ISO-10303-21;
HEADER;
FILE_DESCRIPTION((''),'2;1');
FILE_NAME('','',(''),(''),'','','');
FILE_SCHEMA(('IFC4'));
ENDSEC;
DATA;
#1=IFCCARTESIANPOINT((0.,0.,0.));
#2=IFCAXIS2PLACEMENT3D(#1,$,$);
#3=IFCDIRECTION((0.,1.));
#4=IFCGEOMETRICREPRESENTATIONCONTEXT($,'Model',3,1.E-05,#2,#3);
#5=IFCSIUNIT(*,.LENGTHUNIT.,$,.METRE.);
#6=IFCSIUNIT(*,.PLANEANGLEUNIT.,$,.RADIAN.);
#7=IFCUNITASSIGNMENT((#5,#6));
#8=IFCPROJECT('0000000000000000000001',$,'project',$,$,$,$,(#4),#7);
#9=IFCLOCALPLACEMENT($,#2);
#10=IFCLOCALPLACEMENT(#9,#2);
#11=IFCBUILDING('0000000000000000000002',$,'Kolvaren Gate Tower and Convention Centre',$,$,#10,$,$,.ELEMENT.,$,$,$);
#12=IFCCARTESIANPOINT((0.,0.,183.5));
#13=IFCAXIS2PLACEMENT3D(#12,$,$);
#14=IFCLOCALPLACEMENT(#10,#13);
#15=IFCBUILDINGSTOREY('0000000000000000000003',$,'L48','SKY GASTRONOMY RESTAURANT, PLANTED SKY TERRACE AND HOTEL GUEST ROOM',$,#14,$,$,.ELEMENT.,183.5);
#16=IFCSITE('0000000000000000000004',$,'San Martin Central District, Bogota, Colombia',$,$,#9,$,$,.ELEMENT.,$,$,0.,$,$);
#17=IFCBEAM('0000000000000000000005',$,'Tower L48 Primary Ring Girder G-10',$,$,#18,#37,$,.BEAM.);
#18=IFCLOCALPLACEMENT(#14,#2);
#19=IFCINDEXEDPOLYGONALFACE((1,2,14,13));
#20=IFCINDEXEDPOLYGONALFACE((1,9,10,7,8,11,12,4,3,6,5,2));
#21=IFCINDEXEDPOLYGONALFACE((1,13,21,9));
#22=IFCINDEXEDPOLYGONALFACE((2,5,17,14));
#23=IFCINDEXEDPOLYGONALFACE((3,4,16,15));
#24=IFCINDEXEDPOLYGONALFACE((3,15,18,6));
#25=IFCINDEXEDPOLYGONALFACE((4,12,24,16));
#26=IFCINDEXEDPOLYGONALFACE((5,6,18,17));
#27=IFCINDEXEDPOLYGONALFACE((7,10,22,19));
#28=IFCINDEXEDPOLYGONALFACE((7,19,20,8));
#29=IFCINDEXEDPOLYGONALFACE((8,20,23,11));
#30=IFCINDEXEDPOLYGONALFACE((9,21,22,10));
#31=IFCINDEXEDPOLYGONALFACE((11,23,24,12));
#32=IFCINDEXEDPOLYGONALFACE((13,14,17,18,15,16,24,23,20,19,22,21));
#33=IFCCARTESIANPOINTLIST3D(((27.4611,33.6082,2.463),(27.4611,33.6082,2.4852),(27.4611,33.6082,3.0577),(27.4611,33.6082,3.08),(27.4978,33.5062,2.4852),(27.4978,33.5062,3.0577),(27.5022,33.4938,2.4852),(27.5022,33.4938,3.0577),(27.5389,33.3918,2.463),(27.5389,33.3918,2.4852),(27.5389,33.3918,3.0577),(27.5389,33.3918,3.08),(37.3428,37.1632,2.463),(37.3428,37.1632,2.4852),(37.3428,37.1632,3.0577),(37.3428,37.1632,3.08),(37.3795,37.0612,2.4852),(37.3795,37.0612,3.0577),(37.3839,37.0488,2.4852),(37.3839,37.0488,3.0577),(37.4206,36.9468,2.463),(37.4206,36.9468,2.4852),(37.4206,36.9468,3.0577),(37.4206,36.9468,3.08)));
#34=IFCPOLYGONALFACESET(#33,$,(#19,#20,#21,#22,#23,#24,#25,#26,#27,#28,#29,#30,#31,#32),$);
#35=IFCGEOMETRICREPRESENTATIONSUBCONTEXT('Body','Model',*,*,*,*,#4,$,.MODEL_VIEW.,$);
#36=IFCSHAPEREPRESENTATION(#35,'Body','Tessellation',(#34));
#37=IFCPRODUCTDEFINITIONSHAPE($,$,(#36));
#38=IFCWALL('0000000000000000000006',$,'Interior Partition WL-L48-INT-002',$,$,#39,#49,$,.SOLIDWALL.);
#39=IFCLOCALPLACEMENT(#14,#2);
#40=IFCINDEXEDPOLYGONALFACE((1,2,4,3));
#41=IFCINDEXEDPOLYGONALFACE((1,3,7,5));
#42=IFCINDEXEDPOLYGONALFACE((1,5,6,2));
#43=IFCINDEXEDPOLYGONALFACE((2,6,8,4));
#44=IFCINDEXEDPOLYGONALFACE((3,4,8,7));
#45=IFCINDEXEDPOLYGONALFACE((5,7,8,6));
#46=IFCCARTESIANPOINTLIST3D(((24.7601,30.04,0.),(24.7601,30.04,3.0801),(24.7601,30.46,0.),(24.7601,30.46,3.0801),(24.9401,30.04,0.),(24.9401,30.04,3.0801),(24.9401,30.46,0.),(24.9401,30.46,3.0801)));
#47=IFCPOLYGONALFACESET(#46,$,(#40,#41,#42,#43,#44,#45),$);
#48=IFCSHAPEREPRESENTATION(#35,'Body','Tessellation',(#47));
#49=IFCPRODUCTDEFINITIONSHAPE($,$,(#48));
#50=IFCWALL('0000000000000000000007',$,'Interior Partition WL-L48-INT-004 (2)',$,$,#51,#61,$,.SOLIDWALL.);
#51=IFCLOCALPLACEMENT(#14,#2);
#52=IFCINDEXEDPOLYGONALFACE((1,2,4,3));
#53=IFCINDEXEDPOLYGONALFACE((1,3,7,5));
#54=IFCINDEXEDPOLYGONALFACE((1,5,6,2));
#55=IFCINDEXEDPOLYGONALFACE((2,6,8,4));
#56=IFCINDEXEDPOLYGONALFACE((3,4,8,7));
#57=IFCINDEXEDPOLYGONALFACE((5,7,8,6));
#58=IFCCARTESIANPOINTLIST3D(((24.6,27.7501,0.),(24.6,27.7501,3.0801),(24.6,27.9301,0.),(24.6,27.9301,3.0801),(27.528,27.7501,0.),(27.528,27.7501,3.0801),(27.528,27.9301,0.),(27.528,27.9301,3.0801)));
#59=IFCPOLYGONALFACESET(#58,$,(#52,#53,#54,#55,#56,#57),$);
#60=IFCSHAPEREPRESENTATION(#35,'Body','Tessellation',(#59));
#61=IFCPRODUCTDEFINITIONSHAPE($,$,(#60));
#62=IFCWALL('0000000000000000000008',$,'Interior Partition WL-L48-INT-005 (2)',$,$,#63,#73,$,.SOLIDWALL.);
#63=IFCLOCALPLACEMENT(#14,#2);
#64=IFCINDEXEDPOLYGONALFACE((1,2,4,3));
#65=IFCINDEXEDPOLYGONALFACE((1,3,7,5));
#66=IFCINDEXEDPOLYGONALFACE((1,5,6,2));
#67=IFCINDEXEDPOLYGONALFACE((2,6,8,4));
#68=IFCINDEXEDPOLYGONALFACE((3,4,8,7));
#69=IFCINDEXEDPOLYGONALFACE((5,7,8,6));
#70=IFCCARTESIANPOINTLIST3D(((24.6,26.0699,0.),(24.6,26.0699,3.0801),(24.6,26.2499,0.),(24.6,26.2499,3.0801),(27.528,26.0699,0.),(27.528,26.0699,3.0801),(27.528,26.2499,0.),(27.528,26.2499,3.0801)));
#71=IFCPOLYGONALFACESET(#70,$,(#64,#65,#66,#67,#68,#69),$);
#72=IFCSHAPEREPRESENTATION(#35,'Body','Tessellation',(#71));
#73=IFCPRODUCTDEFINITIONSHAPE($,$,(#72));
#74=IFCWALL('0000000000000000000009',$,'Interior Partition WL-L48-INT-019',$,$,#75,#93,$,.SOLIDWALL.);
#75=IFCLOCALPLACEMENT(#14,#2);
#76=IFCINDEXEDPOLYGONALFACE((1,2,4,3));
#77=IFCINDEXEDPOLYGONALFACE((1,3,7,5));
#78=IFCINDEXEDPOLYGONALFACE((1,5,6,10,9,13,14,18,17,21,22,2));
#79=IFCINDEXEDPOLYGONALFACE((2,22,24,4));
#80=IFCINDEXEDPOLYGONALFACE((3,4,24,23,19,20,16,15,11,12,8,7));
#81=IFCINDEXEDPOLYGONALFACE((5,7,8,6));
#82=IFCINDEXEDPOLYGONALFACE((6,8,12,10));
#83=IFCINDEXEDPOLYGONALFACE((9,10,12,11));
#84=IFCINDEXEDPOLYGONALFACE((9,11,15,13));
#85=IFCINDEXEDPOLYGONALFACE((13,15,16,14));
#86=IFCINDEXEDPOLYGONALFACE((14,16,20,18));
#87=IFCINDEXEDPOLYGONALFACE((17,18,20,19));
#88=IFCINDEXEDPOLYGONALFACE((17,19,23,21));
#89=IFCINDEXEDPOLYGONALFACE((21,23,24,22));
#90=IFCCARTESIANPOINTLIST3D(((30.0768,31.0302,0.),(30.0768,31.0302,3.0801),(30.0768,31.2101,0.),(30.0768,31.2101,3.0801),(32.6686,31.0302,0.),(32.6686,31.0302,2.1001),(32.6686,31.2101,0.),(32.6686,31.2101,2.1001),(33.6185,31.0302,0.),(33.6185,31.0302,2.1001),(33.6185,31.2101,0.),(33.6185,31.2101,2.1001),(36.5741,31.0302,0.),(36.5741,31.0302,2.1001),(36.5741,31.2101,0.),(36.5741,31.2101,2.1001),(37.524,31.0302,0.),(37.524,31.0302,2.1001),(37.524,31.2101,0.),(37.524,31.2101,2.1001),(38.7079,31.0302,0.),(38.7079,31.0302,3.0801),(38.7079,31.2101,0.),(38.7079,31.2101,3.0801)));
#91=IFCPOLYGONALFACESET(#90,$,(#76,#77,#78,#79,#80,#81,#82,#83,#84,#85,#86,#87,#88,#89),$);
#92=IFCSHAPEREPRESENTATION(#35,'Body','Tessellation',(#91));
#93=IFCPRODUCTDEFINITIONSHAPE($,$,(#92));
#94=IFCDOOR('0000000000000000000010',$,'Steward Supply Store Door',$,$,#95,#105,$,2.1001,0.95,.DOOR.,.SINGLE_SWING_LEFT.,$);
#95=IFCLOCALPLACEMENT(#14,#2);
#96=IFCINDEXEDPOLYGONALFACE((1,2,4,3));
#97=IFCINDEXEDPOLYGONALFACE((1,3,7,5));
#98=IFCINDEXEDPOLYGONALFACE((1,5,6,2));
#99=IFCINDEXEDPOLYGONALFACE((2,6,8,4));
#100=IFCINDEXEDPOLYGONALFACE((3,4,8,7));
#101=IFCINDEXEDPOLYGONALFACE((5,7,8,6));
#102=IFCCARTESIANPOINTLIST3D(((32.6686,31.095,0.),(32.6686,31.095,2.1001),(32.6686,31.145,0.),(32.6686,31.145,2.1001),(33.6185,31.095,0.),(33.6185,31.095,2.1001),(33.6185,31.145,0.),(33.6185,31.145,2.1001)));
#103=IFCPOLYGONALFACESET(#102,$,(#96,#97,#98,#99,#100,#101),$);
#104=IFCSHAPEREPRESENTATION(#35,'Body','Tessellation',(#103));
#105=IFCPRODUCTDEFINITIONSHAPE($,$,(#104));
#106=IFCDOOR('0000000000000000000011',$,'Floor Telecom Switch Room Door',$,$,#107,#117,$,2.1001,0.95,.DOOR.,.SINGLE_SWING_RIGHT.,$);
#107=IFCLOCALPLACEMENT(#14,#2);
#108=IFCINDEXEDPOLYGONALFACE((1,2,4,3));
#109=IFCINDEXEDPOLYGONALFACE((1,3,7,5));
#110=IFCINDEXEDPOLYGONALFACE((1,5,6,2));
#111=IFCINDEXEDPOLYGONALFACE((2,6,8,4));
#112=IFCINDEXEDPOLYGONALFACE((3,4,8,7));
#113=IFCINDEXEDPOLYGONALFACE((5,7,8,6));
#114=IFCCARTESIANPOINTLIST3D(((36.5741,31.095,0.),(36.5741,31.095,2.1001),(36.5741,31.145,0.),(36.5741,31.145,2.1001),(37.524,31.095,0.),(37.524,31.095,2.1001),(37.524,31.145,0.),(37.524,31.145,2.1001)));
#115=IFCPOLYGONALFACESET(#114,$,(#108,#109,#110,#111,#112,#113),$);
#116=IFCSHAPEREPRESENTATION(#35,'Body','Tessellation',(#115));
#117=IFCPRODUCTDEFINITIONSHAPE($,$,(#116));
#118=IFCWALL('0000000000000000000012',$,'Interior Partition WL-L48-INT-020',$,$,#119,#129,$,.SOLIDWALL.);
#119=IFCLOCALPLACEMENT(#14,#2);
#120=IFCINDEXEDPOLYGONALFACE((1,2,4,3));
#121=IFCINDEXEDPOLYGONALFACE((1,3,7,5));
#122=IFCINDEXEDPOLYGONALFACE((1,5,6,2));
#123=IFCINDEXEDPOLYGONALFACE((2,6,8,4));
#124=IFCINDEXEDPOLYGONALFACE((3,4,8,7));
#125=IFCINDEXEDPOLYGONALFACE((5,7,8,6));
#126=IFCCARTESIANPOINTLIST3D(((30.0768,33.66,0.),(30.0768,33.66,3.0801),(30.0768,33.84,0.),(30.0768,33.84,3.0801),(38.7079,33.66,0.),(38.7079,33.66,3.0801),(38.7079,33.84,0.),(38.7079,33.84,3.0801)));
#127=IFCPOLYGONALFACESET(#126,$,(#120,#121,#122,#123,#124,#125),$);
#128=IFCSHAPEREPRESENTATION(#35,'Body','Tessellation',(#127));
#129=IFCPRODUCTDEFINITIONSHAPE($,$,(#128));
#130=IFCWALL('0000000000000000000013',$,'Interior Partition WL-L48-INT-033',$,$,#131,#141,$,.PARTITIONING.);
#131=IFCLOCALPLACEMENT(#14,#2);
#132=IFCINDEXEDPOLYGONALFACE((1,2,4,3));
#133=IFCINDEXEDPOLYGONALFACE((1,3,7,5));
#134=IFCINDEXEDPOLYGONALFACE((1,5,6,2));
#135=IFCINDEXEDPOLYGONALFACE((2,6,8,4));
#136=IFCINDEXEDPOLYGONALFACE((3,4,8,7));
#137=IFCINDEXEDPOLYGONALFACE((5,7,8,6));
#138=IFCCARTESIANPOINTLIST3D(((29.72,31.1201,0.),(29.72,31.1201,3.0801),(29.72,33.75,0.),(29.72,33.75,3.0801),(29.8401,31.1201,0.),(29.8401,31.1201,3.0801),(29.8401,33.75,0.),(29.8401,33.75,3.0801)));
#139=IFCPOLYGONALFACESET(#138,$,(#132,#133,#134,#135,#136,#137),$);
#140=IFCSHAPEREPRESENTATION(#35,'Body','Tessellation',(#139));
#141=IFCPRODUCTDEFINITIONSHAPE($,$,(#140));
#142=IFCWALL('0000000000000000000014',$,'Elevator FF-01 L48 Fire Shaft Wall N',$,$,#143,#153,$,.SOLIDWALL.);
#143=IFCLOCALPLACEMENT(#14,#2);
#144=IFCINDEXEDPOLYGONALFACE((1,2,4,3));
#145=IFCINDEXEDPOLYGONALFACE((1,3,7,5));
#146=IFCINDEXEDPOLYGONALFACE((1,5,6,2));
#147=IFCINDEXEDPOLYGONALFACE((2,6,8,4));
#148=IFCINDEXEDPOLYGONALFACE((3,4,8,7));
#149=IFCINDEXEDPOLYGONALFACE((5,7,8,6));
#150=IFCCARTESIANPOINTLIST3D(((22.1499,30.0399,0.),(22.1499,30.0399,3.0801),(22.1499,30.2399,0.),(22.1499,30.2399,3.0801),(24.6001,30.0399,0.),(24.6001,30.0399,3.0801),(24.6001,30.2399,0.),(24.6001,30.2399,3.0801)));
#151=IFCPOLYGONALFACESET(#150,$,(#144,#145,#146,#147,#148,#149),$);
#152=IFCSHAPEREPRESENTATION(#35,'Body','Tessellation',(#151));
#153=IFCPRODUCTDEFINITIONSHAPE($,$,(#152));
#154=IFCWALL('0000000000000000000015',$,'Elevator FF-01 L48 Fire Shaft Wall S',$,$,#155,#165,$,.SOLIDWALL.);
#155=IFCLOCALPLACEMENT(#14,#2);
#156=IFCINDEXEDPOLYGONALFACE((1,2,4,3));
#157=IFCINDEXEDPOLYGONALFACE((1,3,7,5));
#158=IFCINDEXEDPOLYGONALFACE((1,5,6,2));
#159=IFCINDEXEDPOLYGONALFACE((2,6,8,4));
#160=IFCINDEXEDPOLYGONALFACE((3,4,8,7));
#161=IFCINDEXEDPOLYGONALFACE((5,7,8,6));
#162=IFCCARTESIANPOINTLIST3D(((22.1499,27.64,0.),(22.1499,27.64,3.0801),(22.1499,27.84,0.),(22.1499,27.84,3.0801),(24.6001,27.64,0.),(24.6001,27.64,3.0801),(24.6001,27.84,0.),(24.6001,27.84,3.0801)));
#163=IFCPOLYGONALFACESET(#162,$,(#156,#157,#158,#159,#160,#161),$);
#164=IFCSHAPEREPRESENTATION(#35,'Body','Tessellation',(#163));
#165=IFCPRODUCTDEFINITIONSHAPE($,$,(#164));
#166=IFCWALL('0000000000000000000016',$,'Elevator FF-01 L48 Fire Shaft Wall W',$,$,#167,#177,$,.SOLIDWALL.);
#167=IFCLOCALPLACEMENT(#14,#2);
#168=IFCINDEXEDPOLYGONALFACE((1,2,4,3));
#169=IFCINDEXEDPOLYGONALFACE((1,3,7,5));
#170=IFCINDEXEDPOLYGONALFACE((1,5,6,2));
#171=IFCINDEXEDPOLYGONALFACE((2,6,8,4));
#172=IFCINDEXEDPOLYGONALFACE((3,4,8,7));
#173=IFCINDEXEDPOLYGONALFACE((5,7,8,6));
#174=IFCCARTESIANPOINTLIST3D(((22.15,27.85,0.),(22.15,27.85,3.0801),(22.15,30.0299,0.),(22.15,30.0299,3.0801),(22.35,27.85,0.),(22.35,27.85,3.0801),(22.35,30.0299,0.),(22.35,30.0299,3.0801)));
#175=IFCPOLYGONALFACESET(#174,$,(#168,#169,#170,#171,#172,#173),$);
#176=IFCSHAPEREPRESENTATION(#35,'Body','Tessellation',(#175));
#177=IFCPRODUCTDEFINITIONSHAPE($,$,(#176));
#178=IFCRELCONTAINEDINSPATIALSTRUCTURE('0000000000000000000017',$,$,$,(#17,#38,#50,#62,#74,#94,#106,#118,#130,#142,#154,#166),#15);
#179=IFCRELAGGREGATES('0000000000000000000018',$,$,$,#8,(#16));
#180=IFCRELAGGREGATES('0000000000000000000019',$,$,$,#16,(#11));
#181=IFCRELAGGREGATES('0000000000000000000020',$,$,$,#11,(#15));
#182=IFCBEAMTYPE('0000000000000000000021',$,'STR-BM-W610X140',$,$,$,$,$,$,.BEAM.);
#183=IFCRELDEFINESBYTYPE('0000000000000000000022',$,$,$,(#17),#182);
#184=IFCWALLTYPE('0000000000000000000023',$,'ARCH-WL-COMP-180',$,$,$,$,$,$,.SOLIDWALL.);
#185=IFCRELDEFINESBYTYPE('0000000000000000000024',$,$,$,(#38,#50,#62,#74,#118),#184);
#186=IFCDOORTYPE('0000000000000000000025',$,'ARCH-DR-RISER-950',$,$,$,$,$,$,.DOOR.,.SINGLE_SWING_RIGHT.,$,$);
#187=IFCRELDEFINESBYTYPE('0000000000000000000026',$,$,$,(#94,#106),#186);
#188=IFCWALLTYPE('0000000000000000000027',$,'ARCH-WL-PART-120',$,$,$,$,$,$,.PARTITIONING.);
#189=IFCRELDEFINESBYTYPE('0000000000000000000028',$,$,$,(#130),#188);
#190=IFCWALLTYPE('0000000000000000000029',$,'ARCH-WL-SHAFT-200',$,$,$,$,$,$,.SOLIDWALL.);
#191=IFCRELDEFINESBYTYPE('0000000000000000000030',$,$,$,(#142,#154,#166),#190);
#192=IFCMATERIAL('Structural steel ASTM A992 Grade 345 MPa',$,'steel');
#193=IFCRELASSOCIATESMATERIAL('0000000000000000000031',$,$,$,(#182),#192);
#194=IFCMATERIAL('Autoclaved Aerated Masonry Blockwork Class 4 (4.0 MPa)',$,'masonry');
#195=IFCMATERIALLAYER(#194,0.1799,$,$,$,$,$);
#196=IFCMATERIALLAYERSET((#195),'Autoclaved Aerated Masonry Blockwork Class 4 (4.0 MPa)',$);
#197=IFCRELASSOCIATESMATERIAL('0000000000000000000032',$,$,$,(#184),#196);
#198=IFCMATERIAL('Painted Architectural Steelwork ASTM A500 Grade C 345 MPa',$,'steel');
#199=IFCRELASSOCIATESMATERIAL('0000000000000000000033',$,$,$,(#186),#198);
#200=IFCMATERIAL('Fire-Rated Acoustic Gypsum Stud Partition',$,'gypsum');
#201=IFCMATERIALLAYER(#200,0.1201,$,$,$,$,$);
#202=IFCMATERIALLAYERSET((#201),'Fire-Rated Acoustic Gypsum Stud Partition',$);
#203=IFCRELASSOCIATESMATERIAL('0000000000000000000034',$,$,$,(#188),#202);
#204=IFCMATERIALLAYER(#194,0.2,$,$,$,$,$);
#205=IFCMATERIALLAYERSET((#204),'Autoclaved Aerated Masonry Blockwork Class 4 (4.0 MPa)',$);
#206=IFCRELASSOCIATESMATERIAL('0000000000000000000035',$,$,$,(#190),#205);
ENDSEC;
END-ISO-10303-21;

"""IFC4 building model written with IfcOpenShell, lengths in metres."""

from ifc_helpers import new_model, si_unit, direction, frame, frame_2d, origin, origin_2d, place, context, subcontext, project, spatial, rectangle, i_section, extrude, material, layer, layer_set, material_profile, profile_set, type_object, element, fill, save


model = new_model("IFC4")

# Units and contexts
model_context = context("Model", 3, precision=1e-05, world=origin(), true_north=direction((0.0, 1.0)))
body_context = subcontext(model_context, "Body", "Model", "MODEL_VIEW")
ifc_project = project(units=[si_unit("LENGTHUNIT", "METRE"), si_unit("PLANEANGLEUNIT", "RADIAN")], contexts=[model_context])

# Site, building, storey
site_placement = place(None, origin())
site = spatial("IfcSite", under=ifc_project, at=site_placement, Name="San Martin Central District, Bogota, Colombia", CompositionType="ELEMENT", RefElevation=0.0)
building_placement = place(site_placement, origin())
building = spatial("IfcBuilding", under=site, at=building_placement, Name="Kolvaren Gate Tower and Convention Centre", CompositionType="ELEMENT")
storey_placement = place(building_placement, frame((0.0, 0.0, 183.5)))
storey = spatial("IfcBuildingStorey", under=building, at=storey_placement, Name="L48", Description="SKY GASTRONOMY RESTAURANT, PLANTED SKY TERRACE AND HOTEL GUEST ROOM", CompositionType="ELEMENT", Elevation=183.5)

# Beam
ifc_material_1 = material(Name="Structural steel ASTM A992 Grade 345 MPa", Category="steel")
ifc_material_profile = material_profile(ifc_material_1, i_section(OverallWidth=0.23, OverallDepth=0.6169, WebThickness=0.0132, FlangeThickness=0.0222, at=origin_2d()), Name="W610X140")
ifc_profile_set = profile_set([ifc_material_profile], Name="Structural steel ASTM A992 Grade 345 MPa")
beam_type = type_object("IfcBeamType", Name="STR-BM-W610X140", PredefinedType="BEAM", material=ifc_profile_set)
beam_placement = place(storey_placement, frame((27.5, 33.5, 2.7715), z_axis=(0.940961, 0.338514, 0.0), x_axis=(-0.338514, 0.940961, 0.0)))
element("IfcBeam", 1, at=beam_placement, inside=storey, type_object=beam_type, Name="Tower L48 Primary Ring Girder G-10", PredefinedType="BEAM", context=body_context, shape_type="SweptSolid", body=[
    extrude(i_section(OverallWidth=0.23, OverallDepth=0.6169, WebThickness=0.0132, FlangeThickness=0.0222, at=origin_2d()), origin(), (0.0, 0.0, 1.0), 10.5017),
])

# Walls
ifc_material_2 = material(Name="Autoclaved Aerated Masonry Blockwork Class 4 (4.0 MPa)", Category="masonry")
ifc_layer_1 = layer(ifc_material_2, 0.1799)
ifc_layer_set_1 = layer_set([ifc_layer_1], Name="Autoclaved Aerated Masonry Blockwork Class 4 (4.0 MPa)")
wall_type_1 = type_object("IfcWallType", Name="ARCH-WL-COMP-180", PredefinedType="SOLIDWALL", material=ifc_layer_set_1)
wall_1_placement = place(storey_placement, frame((24.8501, 30.04, 0.0), z_axis=(0.0, 0.0, 1.0), x_axis=(0.0, 1.0, 0.0)))
element("IfcWall", 2, at=wall_1_placement, inside=storey, type_object=wall_type_1, Name="Interior Partition WL-L48-INT-002", PredefinedType="SOLIDWALL", context=body_context, shape_type="SweptSolid", body=[
    extrude(rectangle(XDim=0.4199, YDim=0.1799, at=frame_2d((0.21, 0.0))), origin(), (0.0, 0.0, 1.0), 3.0801),
])
for number, where, z_axis, x_axis, name in (
    (3, (24.6001, 27.8401, 0.0), (0.0, 0.0, 1.0), (1.0, 0.0, 0.0), "Interior Partition WL-L48-INT-004 (2)"),
    (4, (24.6001, 26.1599, 0.0), (0.0, 0.0, 1.0), (1.0, 0.0, 0.0), "Interior Partition WL-L48-INT-005 (2)"),
):
    element("IfcWall", number, at=place(storey_placement, frame(where, z_axis=z_axis, x_axis=x_axis)), inside=storey, type_object=wall_type_1, Name=name, PredefinedType="SOLIDWALL", context=body_context, shape_type="SweptSolid", body=[
        extrude(rectangle(XDim=2.928, YDim=0.1799, at=frame_2d((1.4639, 0.0))), origin(), (0.0, 0.0, 1.0), 3.0801),
    ])

# Wall, openings, doors
wall_2_placement = place(storey_placement, frame((30.0769, 31.1201, 0.0), z_axis=(0.0, 0.0, 1.0), x_axis=(1.0, 0.0, 0.0)))
wall_2 = element("IfcWall", 5, at=wall_2_placement, inside=storey, type_object=wall_type_1, Name="Interior Partition WL-L48-INT-019", PredefinedType="SOLIDWALL", context=body_context, shape_type="SweptSolid", body=[
    extrude(rectangle(XDim=8.6311, YDim=0.1799, at=frame_2d((4.3154, 0.0))), origin(), (0.0, 0.0, 1.0), 3.0801),
])
opening_1_placement = place(wall_2_placement, frame((2.5916, 0.0, 0.0)))
opening_1 = element("IfcOpeningElement", 6, at=opening_1_placement, cuts=wall_2, PredefinedType="OPENING", context=body_context, shape_type="SweptSolid", body=[
    extrude(rectangle(XDim=0.95, YDim=2.1001, at=frame_2d((0.4751, 1.05))), frame((0.0, 0.0999, 0.0), z_axis=(0.0, -1.0, 0.0), x_axis=(1.0, 0.0, 0.0)), (0.0, 0.0, 1.0), 0.2),
])
opening_2_placement = place(wall_2_placement, frame((6.4971, 0.0, 0.0)))
opening_2 = element("IfcOpeningElement", 7, at=opening_2_placement, cuts=wall_2, PredefinedType="OPENING", context=body_context, shape_type="SweptSolid", body=[
    extrude(rectangle(XDim=0.95, YDim=2.1001, at=frame_2d((0.4751, 1.05))), frame((0.0, 0.0999, 0.0), z_axis=(0.0, -1.0, 0.0), x_axis=(1.0, 0.0, 0.0)), (0.0, 0.0, 1.0), 0.2),
])
ifc_material_3 = material(Name="Painted Architectural Steelwork ASTM A500 Grade C 345 MPa", Category="steel")
door_type_1 = type_object("IfcDoorType", Name="ARCH-DR-RISER-950", OperationType="SINGLE_SWING_RIGHT", PredefinedType="DOOR", material=ifc_material_3)
door_1_placement = place(opening_1_placement, origin())
door_1 = element("IfcDoor", 8, at=door_1_placement, inside=storey, type_object=door_type_1, Name="Steward Supply Store Door", OperationType="SINGLE_SWING_LEFT", OverallHeight=2.1001, OverallWidth=0.95, PredefinedType="DOOR", context=body_context, shape_type="SweptSolid", body=[
    extrude(rectangle(XDim=0.95, YDim=2.1001, at=frame_2d((0.4751, 1.05))), frame((0.0, 0.0249, 0.0), z_axis=(0.0, -1.0, 0.0), x_axis=(1.0, 0.0, 0.0)), (0.0, 0.0, 1.0), 0.05),
])
fill(opening_1, door_1)
door_2_placement = place(opening_2_placement, origin())
door_2 = element("IfcDoor", 9, at=door_2_placement, inside=storey, type_object=door_type_1, Name="Floor Telecom Switch Room Door", OperationType="SINGLE_SWING_RIGHT", OverallHeight=2.1001, OverallWidth=0.95, PredefinedType="DOOR", context=body_context, shape_type="SweptSolid", body=[
    extrude(rectangle(XDim=0.95, YDim=2.1001, at=frame_2d((0.4751, 1.05))), frame((0.0, 0.0249, 0.0), z_axis=(0.0, -1.0, 0.0), x_axis=(1.0, 0.0, 0.0)), (0.0, 0.0, 1.0), 0.05),
])
fill(opening_2, door_2)

# Walls
wall_3_placement = place(storey_placement, frame((30.0769, 33.75, 0.0), z_axis=(0.0, 0.0, 1.0), x_axis=(1.0, 0.0, 0.0)))
element("IfcWall", 10, at=wall_3_placement, inside=storey, type_object=wall_type_1, Name="Interior Partition WL-L48-INT-020", PredefinedType="SOLIDWALL", context=body_context, shape_type="SweptSolid", body=[
    extrude(rectangle(XDim=8.6311, YDim=0.1799, at=frame_2d((4.3154, 0.0))), origin(), (0.0, 0.0, 1.0), 3.0801),
])
ifc_material_4 = material(Name="Fire-Rated Acoustic Gypsum Stud Partition", Category="gypsum")
ifc_layer_2 = layer(ifc_material_4, 0.1201)
ifc_layer_set_2 = layer_set([ifc_layer_2], Name="Fire-Rated Acoustic Gypsum Stud Partition")
wall_type_2 = type_object("IfcWallType", Name="ARCH-WL-PART-120", PredefinedType="PARTITIONING", material=ifc_layer_set_2)
wall_4_placement = place(storey_placement, frame((29.78, 31.1201, 0.0), z_axis=(0.0, 0.0, 1.0), x_axis=(0.0, 1.0, 0.0)))
element("IfcWall", 11, at=wall_4_placement, inside=storey, type_object=wall_type_2, Name="Interior Partition WL-L48-INT-033", PredefinedType="PARTITIONING", context=body_context, shape_type="SweptSolid", body=[
    extrude(rectangle(XDim=2.6299, YDim=0.1201, at=frame_2d((1.3149, 0.0))), origin(), (0.0, 0.0, 1.0), 3.0801),
])
ifc_layer_3 = layer(ifc_material_2, 0.2)
ifc_layer_set_3 = layer_set([ifc_layer_3], Name="Autoclaved Aerated Masonry Blockwork Class 4 (4.0 MPa)")
wall_type_3 = type_object("IfcWallType", Name="ARCH-WL-SHAFT-200", PredefinedType="SOLIDWALL", material=ifc_layer_set_3)
for number, where, z_axis, x_axis, name in (
    (12, (22.1499, 30.1399, 0.0), (0.0, 0.0, 1.0), (1.0, 0.0, 0.0), "Elevator FF-01 L48 Fire Shaft Wall N"),
    (13, (22.1499, 27.74, 0.0), (0.0, 0.0, 1.0), (1.0, 0.0, 0.0), "Elevator FF-01 L48 Fire Shaft Wall S"),
):
    element("IfcWall", number, at=place(storey_placement, frame(where, z_axis=z_axis, x_axis=x_axis)), inside=storey, type_object=wall_type_3, Name=name, PredefinedType="SOLIDWALL", context=body_context, shape_type="SweptSolid", body=[
        extrude(rectangle(XDim=2.4502, YDim=0.2, at=frame_2d((1.2251, 0.0))), origin(), (0.0, 0.0, 1.0), 3.0801),
    ])
wall_5_placement = place(storey_placement, frame((22.25, 27.8501, 0.0), z_axis=(0.0, 0.0, 1.0), x_axis=(0.0, 1.0, 0.0)))
element("IfcWall", 14, at=wall_5_placement, inside=storey, type_object=wall_type_3, Name="Elevator FF-01 L48 Fire Shaft Wall W", PredefinedType="SOLIDWALL", context=body_context, shape_type="SweptSolid", body=[
    extrude(rectangle(XDim=2.1799, YDim=0.2, at=frame_2d((1.0898, 0.0))), origin(), (0.0, 0.0, 1.0), 3.0801),
])

save(model, "model.ifc")
